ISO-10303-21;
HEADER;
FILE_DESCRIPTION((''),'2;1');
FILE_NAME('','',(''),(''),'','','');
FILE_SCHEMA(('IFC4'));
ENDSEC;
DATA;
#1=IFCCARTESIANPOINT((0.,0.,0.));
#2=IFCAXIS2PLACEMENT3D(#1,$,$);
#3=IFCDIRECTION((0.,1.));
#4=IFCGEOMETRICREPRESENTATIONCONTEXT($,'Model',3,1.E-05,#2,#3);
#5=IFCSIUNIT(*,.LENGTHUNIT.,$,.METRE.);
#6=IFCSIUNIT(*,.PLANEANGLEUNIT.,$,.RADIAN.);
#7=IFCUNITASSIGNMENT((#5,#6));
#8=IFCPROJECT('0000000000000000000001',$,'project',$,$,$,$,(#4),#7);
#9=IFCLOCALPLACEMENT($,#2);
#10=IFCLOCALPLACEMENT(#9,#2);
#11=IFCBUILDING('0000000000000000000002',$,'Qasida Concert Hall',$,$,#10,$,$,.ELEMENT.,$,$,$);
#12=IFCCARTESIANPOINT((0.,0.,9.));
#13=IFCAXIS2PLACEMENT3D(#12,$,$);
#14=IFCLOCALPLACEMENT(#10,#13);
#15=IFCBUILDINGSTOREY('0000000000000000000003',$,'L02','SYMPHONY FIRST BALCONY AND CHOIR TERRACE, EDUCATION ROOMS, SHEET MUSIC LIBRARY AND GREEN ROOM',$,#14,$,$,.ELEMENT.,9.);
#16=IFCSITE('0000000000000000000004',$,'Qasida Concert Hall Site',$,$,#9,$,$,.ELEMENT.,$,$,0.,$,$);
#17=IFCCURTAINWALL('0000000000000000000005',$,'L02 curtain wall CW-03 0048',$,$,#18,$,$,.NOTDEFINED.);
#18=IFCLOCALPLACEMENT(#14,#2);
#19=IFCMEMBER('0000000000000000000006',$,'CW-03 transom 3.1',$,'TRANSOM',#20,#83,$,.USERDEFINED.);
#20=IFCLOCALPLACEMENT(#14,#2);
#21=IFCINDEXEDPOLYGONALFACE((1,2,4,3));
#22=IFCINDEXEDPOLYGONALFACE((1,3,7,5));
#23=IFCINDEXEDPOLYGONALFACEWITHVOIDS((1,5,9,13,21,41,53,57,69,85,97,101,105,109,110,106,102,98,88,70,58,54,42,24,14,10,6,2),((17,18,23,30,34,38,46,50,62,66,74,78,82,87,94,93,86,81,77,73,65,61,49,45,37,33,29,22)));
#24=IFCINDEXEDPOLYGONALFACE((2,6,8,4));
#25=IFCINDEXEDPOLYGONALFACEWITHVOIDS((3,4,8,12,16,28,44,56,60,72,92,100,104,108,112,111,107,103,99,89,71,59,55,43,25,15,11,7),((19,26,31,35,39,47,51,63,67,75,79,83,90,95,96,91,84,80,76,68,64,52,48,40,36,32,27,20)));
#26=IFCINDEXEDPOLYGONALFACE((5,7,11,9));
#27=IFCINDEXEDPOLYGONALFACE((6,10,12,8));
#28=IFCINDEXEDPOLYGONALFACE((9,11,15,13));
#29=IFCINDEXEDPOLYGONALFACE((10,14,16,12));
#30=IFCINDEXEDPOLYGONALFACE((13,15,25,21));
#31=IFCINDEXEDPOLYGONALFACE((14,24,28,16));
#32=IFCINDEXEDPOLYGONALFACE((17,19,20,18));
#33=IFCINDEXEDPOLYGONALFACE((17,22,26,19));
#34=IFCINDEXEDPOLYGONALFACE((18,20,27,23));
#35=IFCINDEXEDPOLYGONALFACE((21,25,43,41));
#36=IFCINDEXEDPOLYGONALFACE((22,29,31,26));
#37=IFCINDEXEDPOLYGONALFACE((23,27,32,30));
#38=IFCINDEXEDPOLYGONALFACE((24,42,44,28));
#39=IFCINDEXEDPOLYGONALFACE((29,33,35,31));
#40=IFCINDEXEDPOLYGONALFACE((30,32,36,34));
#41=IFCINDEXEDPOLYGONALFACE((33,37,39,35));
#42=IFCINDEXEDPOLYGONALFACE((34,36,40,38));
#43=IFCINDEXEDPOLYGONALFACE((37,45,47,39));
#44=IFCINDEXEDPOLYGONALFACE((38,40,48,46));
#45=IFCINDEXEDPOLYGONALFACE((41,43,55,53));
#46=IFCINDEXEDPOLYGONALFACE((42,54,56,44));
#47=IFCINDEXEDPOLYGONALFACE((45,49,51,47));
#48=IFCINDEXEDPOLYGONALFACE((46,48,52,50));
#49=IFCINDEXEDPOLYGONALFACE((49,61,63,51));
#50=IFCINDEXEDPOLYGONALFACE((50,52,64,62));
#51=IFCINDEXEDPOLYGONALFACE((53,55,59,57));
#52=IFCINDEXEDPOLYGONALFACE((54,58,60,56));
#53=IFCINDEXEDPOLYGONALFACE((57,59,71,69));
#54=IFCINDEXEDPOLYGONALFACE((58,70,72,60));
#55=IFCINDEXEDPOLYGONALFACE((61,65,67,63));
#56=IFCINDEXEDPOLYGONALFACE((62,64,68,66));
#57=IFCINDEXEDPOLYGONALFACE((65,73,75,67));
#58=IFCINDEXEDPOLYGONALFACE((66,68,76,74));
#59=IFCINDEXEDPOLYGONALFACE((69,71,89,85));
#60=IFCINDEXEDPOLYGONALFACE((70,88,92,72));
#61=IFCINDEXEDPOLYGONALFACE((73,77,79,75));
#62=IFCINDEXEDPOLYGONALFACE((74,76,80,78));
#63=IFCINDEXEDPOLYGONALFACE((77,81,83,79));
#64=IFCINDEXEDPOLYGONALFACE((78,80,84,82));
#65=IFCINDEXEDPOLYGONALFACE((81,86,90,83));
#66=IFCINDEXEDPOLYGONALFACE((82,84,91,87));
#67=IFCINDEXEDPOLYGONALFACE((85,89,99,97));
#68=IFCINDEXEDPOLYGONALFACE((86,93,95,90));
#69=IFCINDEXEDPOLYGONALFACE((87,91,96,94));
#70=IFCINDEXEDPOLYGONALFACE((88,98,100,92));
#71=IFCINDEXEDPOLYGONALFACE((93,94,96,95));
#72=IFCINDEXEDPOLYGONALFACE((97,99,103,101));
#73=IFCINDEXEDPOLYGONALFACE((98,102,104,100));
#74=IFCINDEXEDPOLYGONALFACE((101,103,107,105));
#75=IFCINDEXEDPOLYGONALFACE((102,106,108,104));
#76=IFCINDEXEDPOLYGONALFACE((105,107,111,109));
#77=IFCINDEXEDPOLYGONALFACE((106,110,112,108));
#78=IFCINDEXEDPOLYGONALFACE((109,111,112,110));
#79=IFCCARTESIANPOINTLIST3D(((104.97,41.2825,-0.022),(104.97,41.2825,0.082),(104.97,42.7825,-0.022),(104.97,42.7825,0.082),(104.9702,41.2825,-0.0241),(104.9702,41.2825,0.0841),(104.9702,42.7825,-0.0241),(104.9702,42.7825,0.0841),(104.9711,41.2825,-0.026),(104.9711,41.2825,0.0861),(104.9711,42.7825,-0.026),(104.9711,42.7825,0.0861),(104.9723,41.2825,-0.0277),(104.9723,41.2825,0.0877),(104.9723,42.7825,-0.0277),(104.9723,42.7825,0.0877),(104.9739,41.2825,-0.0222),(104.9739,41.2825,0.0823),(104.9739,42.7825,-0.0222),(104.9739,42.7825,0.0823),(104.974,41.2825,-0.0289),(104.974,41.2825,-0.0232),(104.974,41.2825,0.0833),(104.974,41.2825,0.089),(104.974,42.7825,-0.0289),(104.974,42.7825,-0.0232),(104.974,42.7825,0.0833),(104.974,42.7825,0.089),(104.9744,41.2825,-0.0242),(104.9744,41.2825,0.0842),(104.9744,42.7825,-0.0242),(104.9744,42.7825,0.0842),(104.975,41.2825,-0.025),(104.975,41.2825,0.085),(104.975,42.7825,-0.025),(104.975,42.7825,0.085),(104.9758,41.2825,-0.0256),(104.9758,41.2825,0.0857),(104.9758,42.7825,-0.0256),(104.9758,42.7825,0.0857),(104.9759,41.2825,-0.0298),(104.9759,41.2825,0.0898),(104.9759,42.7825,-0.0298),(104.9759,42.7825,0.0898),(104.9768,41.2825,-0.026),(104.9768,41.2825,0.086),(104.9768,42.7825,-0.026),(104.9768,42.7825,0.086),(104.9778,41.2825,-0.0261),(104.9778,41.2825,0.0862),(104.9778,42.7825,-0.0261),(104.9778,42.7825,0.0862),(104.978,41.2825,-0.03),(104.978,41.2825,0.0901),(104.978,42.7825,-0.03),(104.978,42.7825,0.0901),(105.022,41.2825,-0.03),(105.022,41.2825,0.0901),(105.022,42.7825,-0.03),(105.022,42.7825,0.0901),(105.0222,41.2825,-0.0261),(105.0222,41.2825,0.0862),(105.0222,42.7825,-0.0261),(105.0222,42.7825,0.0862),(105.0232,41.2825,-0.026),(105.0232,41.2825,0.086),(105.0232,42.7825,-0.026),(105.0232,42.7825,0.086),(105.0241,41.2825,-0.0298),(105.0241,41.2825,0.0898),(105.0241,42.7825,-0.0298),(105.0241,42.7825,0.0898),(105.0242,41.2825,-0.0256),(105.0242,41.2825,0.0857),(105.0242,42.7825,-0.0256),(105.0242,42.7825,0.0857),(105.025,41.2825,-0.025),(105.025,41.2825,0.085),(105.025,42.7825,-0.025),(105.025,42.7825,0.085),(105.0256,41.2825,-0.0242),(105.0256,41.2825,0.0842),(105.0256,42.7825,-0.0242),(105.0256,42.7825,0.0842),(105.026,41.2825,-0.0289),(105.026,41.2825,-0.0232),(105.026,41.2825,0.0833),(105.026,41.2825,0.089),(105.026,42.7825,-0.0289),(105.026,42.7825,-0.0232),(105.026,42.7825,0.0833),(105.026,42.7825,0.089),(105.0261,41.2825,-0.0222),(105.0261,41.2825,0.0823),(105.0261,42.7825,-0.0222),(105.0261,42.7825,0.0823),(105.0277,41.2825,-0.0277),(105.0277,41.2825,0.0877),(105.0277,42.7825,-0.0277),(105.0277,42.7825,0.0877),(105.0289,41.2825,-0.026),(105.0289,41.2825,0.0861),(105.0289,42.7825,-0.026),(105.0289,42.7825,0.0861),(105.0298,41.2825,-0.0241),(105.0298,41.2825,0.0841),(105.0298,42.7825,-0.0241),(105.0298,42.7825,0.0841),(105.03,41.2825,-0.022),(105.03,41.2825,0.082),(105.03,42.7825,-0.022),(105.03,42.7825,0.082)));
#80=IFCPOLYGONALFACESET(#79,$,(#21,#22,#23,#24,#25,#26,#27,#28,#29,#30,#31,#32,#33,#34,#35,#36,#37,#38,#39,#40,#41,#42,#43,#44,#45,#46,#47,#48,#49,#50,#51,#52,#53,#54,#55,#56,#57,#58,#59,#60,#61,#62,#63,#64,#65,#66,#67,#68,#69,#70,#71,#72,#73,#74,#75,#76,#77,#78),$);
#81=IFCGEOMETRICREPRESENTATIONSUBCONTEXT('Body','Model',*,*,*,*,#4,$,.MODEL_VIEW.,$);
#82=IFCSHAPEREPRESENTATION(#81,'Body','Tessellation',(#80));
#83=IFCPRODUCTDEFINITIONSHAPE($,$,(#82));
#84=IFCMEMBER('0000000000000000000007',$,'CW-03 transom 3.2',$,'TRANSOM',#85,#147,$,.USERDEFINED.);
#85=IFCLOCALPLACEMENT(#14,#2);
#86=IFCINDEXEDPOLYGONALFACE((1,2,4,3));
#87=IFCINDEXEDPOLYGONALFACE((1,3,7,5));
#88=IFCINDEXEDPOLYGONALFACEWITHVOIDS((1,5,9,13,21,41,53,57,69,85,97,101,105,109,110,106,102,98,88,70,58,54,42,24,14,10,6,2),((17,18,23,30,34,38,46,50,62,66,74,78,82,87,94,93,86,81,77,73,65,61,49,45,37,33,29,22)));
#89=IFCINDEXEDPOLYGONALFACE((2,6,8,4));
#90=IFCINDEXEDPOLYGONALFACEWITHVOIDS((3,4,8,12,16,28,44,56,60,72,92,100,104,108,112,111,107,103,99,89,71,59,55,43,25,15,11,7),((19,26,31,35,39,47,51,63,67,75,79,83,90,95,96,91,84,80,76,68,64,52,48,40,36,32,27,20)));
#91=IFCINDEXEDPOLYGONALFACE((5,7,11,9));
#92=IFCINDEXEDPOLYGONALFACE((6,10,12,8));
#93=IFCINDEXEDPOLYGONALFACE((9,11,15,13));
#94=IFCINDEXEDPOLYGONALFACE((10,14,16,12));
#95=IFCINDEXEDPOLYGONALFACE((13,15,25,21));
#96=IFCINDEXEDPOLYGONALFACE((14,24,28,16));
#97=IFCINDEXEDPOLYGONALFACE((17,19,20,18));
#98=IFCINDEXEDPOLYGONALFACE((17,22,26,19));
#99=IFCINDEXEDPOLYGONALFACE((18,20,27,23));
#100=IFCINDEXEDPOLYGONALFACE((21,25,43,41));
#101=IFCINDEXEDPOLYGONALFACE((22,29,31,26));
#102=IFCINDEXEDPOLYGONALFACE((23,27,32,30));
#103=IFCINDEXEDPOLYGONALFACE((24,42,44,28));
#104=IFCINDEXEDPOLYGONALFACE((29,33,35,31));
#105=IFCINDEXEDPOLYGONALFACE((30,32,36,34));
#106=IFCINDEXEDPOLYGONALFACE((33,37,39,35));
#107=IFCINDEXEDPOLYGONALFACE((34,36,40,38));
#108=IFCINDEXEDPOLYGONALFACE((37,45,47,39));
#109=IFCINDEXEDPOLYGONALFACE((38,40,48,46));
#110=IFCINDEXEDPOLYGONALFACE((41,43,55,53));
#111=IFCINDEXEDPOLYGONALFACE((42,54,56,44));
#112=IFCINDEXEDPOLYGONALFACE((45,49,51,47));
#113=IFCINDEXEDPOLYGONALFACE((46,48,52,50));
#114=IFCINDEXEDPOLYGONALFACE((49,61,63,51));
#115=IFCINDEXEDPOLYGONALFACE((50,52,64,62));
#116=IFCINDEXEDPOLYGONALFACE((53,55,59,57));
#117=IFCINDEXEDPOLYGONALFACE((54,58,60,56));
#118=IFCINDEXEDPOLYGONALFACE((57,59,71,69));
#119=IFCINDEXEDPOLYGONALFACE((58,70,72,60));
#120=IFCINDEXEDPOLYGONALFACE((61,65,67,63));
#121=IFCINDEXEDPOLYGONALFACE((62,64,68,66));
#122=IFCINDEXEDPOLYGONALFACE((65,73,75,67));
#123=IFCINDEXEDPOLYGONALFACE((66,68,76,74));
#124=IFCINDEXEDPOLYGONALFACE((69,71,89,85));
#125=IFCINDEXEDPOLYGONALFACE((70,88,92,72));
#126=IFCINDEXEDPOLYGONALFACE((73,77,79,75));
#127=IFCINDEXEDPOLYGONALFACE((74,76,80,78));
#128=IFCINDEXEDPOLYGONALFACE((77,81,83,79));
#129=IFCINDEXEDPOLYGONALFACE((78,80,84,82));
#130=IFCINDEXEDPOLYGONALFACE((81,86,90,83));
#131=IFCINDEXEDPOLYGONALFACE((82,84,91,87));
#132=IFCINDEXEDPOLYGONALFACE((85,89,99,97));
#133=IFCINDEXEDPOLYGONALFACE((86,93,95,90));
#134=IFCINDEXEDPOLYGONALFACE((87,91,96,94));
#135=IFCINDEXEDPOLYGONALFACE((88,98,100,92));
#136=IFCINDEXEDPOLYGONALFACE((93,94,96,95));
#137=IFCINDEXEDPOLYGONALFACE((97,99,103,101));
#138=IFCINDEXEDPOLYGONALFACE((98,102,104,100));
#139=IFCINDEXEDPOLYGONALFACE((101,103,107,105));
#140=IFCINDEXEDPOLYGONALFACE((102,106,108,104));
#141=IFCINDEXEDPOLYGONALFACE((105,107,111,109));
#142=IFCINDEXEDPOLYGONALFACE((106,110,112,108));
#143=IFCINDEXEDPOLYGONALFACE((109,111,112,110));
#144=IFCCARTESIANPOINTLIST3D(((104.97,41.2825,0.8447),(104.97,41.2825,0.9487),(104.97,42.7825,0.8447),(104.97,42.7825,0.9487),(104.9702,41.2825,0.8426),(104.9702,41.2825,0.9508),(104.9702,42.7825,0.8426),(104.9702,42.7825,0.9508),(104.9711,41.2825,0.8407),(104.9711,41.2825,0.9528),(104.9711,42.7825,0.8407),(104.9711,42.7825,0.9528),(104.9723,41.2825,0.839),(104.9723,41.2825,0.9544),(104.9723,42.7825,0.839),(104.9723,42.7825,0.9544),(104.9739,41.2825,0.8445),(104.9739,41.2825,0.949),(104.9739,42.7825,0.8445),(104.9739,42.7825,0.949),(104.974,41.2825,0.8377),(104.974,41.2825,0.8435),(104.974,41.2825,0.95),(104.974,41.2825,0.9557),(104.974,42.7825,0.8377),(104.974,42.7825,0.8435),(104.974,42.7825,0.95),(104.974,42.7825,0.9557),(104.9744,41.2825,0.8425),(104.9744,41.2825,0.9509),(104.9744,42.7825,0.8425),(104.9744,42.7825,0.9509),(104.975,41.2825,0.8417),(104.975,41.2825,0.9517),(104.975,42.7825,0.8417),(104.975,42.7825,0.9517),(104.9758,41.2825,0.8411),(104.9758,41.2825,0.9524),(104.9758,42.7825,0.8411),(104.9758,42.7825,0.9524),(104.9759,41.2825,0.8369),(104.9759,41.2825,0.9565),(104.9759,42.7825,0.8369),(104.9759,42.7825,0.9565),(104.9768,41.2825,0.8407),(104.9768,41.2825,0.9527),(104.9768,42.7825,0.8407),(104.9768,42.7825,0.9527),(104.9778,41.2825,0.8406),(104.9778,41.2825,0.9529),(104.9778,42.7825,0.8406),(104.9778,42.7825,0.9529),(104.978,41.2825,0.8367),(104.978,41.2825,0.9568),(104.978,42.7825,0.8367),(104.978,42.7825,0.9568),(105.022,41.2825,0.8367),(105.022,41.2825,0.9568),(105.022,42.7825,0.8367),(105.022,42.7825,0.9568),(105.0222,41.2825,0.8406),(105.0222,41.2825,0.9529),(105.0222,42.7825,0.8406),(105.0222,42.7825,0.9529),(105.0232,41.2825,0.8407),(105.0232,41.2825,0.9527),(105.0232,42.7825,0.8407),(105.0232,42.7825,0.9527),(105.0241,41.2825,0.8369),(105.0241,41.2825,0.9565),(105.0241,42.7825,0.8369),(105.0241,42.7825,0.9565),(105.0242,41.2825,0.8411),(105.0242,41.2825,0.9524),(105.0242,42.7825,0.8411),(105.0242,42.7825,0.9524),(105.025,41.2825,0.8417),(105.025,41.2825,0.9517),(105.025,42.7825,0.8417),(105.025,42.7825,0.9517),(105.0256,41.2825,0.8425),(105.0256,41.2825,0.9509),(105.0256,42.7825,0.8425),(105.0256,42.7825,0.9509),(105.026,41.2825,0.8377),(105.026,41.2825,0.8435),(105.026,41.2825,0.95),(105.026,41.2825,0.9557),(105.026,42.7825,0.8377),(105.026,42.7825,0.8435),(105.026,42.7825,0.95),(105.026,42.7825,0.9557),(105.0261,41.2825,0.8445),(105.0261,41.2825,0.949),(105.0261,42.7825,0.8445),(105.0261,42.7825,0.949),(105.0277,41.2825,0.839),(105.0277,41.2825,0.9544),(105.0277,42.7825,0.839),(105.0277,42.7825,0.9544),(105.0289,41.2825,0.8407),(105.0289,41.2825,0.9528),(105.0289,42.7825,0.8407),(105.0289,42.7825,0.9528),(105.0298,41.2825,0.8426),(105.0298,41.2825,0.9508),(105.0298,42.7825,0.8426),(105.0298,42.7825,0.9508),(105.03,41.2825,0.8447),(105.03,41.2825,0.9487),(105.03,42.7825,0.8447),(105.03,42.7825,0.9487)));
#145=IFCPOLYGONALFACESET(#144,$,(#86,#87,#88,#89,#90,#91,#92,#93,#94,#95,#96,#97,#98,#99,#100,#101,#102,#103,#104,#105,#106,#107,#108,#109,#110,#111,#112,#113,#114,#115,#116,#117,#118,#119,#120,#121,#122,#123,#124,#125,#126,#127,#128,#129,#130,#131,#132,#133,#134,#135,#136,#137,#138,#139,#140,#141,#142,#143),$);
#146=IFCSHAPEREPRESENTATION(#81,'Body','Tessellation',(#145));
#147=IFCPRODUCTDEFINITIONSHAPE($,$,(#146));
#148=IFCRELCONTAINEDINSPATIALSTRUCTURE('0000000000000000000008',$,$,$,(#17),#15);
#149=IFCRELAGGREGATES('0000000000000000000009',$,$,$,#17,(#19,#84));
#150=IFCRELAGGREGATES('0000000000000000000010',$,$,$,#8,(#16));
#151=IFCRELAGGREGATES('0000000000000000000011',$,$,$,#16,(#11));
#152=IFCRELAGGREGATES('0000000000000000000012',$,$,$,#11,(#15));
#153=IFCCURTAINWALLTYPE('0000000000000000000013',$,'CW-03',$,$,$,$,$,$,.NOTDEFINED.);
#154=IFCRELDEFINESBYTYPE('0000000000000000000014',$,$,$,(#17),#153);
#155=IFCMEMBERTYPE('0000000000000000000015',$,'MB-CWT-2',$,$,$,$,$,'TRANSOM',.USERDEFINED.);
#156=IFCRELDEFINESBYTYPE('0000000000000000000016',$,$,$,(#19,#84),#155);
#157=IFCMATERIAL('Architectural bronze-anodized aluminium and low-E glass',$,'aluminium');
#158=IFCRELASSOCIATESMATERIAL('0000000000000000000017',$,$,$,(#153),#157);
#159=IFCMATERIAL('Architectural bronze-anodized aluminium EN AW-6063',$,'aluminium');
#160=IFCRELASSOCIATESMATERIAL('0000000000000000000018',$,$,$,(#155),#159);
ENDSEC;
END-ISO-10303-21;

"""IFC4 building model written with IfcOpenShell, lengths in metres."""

from ifc_helpers import new_model, si_unit, direction, frame, origin, origin_2d, place, context, subcontext, project, spatial, hollow_rectangle, extrude, material, material_profile, profile_set, type_object, element, aggregate, save


model = new_model("IFC4")

# Units and contexts
model_context = context("Model", 3, precision=1e-05, world=origin(), true_north=direction((0.0, 1.0)))
body_context = subcontext(model_context, "Body", "Model", "MODEL_VIEW")
ifc_project = project(units=[si_unit("LENGTHUNIT", "METRE"), si_unit("PLANEANGLEUNIT", "RADIAN")], contexts=[model_context])

# Site, building, storey
site_placement = place(None, origin())
site = spatial("IfcSite", under=ifc_project, at=site_placement, Name="Qasida Concert Hall Site", CompositionType="ELEMENT", RefElevation=0.0)
building_placement = place(site_placement, origin())
building = spatial("IfcBuilding", under=site, at=building_placement, Name="Qasida Concert Hall", CompositionType="ELEMENT")
storey_placement = place(building_placement, frame((0.0, 0.0, 9.0)))
storey = spatial("IfcBuildingStorey", under=building, at=storey_placement, Name="L02", Description="SYMPHONY FIRST BALCONY AND CHOIR TERRACE, EDUCATION ROOMS, SHEET MUSIC LIBRARY AND GREEN ROOM", CompositionType="ELEMENT", Elevation=9.0)

# Curtain wall, members
ifc_material_1 = material(Name="Architectural bronze-anodized aluminium and low-E glass", Category="aluminium")
curtain_wall_type = type_object("IfcCurtainWallType", Name="CW-03", PredefinedType="NOTDEFINED", material=ifc_material_1)
curtain_wall_placement = place(storey_placement, origin())
curtain_wall = element("IfcCurtainWall", 1, at=curtain_wall_placement, inside=storey, type_object=curtain_wall_type, Name="L02 curtain wall CW-03 0048", PredefinedType="NOTDEFINED")
ifc_material_2 = material(Name="Architectural bronze-anodized aluminium EN AW-6063", Category="aluminium")
ifc_material_profile_1 = material_profile(ifc_material_2, hollow_rectangle(XDim=0.0601, YDim=0.1201, WallThickness=0.0039, InnerFilletRadius=0.0039, OuterFilletRadius=0.0081, at=origin_2d()), Name="CWT 120x60x4")
ifc_profile_set_1 = profile_set([ifc_material_profile_1], Name="Architectural bronze-anodized aluminium EN AW-6063")
member_type_1 = type_object("IfcMemberType", Name="MB-CWT-2", ElementType="TRANSOM", PredefinedType="USERDEFINED", material=ifc_profile_set_1)
member_1_placement = place(storey_placement, frame((105.0, 41.2825, 0.03), z_axis=(0.0, 1.0, 0.0), x_axis=(-1.0, 0.0, 0.0)))
member_1 = element("IfcMember", 2, at=member_1_placement, type_object=member_type_1, Name="CW-03 transom 3.1", ObjectType="TRANSOM", PredefinedType="USERDEFINED", context=body_context, shape_type="SweptSolid", body=[
    extrude(hollow_rectangle(XDim=0.0601, YDim=0.1201, WallThickness=0.0039, InnerFilletRadius=0.0039, OuterFilletRadius=0.0081, at=origin_2d()), origin(), (0.0, 0.0, 1.0), 1.5),
])
member_2_placement = place(storey_placement, frame((105.0, 41.2825, 0.8967), z_axis=(0.0, 1.0, 0.0), x_axis=(-1.0, 0.0, 0.0)))
member_2 = element("IfcMember", 3, at=member_2_placement, type_object=member_type_1, Name="CW-03 transom 3.2", ObjectType="TRANSOM", PredefinedType="USERDEFINED", context=body_context, shape_type="SweptSolid", body=[
    extrude(hollow_rectangle(XDim=0.0601, YDim=0.1201, WallThickness=0.0039, InnerFilletRadius=0.0039, OuterFilletRadius=0.0081, at=origin_2d()), origin(), (0.0, 0.0, 1.0), 1.5),
])
aggregate(curtain_wall, [member_1, member_2])

save(model, "model.ifc")
